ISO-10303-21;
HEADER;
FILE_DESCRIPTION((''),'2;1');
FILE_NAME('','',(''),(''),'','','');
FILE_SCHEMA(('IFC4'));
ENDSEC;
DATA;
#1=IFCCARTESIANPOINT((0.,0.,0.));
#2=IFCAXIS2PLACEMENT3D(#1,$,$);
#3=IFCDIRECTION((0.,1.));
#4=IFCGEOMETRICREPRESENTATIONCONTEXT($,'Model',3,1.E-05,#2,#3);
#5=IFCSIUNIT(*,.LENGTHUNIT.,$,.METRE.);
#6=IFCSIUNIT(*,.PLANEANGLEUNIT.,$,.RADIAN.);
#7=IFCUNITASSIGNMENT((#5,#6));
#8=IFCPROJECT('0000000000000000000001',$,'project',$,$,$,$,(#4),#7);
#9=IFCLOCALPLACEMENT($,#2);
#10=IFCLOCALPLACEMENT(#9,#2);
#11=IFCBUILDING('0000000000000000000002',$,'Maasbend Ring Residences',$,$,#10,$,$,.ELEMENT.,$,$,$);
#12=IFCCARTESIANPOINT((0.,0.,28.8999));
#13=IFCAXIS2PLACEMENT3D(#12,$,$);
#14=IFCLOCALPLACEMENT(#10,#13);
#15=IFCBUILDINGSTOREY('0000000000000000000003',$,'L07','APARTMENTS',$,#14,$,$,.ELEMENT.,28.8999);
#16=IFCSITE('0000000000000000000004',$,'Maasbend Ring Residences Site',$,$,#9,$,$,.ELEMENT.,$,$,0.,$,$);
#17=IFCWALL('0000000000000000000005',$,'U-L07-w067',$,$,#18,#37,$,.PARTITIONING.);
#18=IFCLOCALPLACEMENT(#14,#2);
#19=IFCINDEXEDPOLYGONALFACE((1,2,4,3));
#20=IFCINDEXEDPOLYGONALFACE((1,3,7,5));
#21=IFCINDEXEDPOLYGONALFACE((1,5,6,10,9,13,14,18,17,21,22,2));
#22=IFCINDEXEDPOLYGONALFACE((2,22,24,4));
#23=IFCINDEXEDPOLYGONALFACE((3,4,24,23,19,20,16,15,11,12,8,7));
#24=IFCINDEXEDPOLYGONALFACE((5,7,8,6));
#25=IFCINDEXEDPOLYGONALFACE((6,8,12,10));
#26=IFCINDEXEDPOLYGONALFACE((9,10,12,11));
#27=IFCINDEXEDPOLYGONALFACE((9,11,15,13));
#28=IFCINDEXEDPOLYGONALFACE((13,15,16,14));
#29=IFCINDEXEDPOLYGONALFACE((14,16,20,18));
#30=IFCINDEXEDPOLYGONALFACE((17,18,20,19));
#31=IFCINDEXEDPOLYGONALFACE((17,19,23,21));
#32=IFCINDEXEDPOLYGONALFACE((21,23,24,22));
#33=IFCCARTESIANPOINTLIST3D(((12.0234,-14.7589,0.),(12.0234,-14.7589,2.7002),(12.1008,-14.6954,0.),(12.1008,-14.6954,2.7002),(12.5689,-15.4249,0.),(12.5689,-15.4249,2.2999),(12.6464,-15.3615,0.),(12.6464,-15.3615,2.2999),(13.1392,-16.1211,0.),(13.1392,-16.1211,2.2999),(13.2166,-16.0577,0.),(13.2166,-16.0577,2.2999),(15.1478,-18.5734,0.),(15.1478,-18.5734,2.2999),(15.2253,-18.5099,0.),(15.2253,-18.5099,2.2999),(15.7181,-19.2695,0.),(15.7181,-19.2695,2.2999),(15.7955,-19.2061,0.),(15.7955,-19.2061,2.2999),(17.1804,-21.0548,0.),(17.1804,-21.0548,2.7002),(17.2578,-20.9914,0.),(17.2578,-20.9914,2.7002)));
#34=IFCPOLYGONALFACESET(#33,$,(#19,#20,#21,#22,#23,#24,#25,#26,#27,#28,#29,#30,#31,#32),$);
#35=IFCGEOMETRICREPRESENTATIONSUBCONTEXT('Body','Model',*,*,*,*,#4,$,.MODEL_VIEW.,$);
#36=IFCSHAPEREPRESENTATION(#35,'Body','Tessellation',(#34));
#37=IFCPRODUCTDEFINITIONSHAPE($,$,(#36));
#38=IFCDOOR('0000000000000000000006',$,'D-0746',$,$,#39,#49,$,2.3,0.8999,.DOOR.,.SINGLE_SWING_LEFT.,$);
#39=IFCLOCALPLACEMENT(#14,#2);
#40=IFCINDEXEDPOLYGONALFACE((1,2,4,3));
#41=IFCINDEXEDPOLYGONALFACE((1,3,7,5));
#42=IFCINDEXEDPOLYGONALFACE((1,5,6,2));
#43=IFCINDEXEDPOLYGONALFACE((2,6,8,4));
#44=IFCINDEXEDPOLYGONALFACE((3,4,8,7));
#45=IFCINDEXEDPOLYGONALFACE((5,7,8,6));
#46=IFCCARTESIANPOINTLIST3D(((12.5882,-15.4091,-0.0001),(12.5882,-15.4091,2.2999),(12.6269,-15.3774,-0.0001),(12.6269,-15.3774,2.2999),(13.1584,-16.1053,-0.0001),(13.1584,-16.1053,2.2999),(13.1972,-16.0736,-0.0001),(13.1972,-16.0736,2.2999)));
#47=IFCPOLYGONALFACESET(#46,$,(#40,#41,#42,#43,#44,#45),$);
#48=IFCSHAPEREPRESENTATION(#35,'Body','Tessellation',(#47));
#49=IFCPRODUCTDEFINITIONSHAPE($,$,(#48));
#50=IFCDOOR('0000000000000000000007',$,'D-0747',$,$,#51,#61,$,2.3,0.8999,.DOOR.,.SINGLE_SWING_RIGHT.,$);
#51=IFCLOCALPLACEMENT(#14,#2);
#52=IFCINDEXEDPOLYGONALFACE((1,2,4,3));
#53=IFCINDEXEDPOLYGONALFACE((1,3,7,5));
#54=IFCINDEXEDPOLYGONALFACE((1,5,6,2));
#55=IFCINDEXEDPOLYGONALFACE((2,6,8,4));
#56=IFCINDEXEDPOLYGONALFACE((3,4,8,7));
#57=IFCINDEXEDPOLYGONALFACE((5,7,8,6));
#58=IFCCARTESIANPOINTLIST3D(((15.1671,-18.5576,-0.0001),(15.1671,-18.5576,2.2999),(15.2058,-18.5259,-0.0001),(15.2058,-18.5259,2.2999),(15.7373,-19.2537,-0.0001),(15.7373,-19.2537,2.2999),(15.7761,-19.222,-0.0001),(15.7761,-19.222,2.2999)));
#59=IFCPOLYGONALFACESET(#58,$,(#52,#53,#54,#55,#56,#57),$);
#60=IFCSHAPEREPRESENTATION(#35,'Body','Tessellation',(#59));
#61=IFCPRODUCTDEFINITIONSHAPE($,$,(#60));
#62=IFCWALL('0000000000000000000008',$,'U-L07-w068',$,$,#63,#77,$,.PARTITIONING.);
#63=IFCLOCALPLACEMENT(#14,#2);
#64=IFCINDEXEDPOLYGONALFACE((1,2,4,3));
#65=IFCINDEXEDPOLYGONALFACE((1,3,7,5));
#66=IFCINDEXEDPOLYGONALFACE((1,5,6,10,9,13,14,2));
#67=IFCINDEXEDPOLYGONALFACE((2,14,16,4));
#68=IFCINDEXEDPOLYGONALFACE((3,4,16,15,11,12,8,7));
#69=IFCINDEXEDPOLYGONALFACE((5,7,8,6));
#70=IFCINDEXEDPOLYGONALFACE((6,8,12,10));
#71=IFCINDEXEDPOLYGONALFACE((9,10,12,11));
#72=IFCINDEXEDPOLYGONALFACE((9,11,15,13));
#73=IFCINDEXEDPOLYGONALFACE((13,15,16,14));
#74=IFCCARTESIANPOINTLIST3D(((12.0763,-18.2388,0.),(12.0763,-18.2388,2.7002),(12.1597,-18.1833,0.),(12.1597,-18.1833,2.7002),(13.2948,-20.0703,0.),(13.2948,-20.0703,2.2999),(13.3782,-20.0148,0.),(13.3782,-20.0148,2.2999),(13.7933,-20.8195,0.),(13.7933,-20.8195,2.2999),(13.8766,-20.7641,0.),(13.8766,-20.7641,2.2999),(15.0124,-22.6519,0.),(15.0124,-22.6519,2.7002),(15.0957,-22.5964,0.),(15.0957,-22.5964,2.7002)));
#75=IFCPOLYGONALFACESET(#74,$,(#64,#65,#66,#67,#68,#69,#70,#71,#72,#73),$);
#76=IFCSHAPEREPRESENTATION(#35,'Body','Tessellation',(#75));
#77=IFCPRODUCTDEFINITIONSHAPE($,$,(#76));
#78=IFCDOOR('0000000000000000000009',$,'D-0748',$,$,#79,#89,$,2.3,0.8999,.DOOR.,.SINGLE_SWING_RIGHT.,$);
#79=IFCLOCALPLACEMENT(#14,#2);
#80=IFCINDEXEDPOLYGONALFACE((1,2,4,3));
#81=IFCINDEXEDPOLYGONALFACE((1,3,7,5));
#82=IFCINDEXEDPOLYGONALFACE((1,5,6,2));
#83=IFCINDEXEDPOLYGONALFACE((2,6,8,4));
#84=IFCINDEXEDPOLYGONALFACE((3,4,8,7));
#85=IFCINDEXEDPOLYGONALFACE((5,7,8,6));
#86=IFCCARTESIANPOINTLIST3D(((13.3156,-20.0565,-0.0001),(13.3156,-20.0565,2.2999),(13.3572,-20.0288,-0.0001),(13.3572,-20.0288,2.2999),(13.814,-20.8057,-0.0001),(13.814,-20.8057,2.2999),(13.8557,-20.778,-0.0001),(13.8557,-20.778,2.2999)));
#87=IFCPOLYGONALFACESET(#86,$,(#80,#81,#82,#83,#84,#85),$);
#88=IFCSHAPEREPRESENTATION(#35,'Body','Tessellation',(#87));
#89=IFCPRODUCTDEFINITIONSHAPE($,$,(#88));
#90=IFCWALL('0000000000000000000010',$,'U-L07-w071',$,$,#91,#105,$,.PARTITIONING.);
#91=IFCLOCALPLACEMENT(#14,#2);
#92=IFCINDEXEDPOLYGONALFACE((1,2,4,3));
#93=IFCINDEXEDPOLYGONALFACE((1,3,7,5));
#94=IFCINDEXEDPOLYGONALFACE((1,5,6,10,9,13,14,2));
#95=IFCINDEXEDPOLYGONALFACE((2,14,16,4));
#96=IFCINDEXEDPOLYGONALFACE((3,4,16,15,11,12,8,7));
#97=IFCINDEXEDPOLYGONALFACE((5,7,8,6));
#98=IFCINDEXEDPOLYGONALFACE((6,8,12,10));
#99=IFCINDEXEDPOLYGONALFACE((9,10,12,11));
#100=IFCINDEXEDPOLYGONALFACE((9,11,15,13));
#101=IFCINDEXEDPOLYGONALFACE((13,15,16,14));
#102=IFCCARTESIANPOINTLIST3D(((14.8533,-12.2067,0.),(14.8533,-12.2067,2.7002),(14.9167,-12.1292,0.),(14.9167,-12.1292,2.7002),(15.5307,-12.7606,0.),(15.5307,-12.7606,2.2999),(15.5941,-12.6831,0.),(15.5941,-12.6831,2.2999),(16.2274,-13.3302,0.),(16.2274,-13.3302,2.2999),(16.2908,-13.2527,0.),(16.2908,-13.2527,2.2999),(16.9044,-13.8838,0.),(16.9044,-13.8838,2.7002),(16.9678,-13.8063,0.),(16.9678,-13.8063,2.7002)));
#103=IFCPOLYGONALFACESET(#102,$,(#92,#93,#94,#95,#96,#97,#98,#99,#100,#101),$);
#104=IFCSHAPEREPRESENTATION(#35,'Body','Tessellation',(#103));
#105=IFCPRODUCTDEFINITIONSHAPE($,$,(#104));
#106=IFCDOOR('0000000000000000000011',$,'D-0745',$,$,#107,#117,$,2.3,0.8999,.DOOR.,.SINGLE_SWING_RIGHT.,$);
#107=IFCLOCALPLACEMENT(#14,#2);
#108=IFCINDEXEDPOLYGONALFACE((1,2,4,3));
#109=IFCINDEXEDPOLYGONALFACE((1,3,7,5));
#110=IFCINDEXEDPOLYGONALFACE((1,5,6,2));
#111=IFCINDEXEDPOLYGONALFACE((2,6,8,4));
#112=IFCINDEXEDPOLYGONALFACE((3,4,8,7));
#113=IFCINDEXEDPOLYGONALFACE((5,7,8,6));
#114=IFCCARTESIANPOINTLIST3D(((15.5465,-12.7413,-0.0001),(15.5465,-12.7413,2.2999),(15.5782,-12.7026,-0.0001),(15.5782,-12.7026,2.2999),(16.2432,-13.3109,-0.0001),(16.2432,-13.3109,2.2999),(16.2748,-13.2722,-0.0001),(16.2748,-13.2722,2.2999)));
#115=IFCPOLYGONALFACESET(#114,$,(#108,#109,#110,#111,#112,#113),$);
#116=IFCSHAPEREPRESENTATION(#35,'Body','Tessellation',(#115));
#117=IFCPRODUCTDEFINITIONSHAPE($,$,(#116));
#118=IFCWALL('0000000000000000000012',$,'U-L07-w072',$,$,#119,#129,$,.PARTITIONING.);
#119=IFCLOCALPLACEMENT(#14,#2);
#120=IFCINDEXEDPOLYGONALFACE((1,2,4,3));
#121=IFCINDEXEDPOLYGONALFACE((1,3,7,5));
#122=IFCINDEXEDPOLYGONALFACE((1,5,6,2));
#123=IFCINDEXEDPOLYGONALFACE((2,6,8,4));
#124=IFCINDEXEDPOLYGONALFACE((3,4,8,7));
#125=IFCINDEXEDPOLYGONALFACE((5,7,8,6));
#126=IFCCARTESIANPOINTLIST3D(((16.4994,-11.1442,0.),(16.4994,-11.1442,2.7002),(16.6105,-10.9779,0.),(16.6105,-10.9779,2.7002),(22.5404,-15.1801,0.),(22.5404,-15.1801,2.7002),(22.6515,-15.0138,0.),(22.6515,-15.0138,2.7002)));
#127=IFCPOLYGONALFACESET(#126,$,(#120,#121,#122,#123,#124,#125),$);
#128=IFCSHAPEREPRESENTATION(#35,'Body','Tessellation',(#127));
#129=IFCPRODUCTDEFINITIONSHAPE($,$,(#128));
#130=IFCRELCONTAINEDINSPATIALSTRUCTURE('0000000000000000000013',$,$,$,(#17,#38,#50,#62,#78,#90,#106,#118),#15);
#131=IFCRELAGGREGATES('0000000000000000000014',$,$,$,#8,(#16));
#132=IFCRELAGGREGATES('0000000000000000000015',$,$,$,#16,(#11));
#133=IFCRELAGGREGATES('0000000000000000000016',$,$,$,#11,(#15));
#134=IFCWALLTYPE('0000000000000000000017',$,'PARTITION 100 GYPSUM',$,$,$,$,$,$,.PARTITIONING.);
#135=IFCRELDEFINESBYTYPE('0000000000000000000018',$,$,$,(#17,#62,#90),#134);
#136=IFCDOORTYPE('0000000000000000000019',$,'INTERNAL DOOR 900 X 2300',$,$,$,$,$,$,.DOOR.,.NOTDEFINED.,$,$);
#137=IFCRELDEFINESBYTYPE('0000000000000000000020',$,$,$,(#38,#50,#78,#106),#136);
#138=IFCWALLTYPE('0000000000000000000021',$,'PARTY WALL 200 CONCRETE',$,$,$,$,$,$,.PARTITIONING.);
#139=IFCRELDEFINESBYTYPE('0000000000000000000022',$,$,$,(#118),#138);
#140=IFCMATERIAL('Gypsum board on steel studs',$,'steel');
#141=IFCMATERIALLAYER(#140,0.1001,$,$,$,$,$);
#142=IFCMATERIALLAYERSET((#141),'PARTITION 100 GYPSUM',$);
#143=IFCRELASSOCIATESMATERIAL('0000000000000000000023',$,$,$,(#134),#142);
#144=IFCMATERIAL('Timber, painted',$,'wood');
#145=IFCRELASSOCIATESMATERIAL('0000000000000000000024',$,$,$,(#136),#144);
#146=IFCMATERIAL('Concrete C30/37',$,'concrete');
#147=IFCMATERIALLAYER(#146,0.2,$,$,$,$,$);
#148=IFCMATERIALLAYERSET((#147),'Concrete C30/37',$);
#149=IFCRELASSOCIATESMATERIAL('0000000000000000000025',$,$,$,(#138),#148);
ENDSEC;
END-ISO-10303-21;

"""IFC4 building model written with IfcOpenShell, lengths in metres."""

from ifc_helpers import new_model, si_unit, direction, frame, frame_2d, origin, place, context, subcontext, project, spatial, rectangle, extrude, material, layer, layer_set, type_object, element, fill, save


model = new_model("IFC4")

# Units and contexts
model_context = context("Model", 3, precision=1e-05, world=origin(), true_north=direction((0.0, 1.0)))
body_context = subcontext(model_context, "Body", "Model", "MODEL_VIEW")
ifc_project = project(units=[si_unit("LENGTHUNIT", "METRE"), si_unit("PLANEANGLEUNIT", "RADIAN")], contexts=[model_context])

# Site, building, storey
site_placement = place(None, origin())
site = spatial("IfcSite", under=ifc_project, at=site_placement, Name="Maasbend Ring Residences Site", CompositionType="ELEMENT", RefElevation=0.0)
building_placement = place(site_placement, origin())
building = spatial("IfcBuilding", under=site, at=building_placement, Name="Maasbend Ring Residences", CompositionType="ELEMENT")
storey_placement = place(building_placement, frame((0.0, 0.0, 28.8999)))
storey = spatial("IfcBuildingStorey", under=building, at=storey_placement, Name="L07", Description="APARTMENTS", CompositionType="ELEMENT", Elevation=28.8999)

# Shared definitions
ifc_material_1 = material(Name="Gypsum board on steel studs", Category="steel")
ifc_layer_1 = layer(ifc_material_1, 0.1001)
ifc_layer_set_1 = layer_set([ifc_layer_1], Name="PARTITION 100 GYPSUM")
wall_type_1 = type_object("IfcWallType", Name="PARTITION 100 GYPSUM", PredefinedType="PARTITIONING", material=ifc_layer_set_1)

# Wall, openings, doors
wall_1_placement = place(storey_placement, frame((12.062, -14.7271, 0.0), z_axis=(0.0, 0.0, 1.0), x_axis=(0.633664, -0.773608, 0.0)))
wall_1 = element("IfcWall", 1, at=wall_1_placement, inside=storey, type_object=wall_type_1, Name="U-L07-w067", PredefinedType="PARTITIONING", context=body_context, shape_type="SweptSolid", body=[
    extrude(rectangle(XDim=8.1384, YDim=0.1001, at=frame_2d((4.0693, 0.0))), origin(), (0.0, 0.0, 1.0), 2.7002),
])
opening_1_placement = place(wall_1_placement, frame((0.8611, 0.0, 0.0)))
opening_1 = element("IfcOpeningElement", 2, at=opening_1_placement, cuts=wall_1, PredefinedType="OPENING", context=body_context, shape_type="SweptSolid", body=[
    extrude(rectangle(XDim=0.8999, YDim=2.3, at=frame_2d((0.45, 1.1499))), frame((0.0, 0.0601, 0.0), z_axis=(0.0, -1.0, 0.0), x_axis=(1.0, 0.0, 0.0)), (0.0, 0.0, 1.0), 0.1201),
])
opening_2_placement = place(wall_1_placement, frame((4.9309, 0.0, 0.0)))
opening_2 = element("IfcOpeningElement", 3, at=opening_2_placement, cuts=wall_1, PredefinedType="OPENING", context=body_context, shape_type="SweptSolid", body=[
    extrude(rectangle(XDim=0.8999, YDim=2.3, at=frame_2d((0.45, 1.1499))), frame((0.0, 0.0601, 0.0), z_axis=(0.0, -1.0, 0.0), x_axis=(1.0, 0.0, 0.0)), (0.0, 0.0, 1.0), 0.1201),
])
ifc_material_2 = material(Name="Timber, painted", Category="wood")
door_type_1 = type_object("IfcDoorType", Name="INTERNAL DOOR 900 X 2300", OperationType="NOTDEFINED", PredefinedType="DOOR", material=ifc_material_2)
door_1_placement = place(opening_1_placement, origin())
door_1 = element("IfcDoor", 4, at=door_1_placement, inside=storey, type_object=door_type_1, Name="D-0746", OperationType="SINGLE_SWING_LEFT", OverallHeight=2.3, OverallWidth=0.8999, PredefinedType="DOOR", context=body_context, shape_type="SweptSolid", body=[
    extrude(rectangle(XDim=0.8999, YDim=2.3, at=frame_2d((0.45, 1.1499))), frame((0.0, 0.0249, 0.0), z_axis=(0.0, -1.0, 0.0), x_axis=(1.0, 0.0, 0.0)), (0.0, 0.0, 1.0), 0.05),
])
fill(opening_1, door_1)
door_2_placement = place(opening_2_placement, origin())
door_2 = element("IfcDoor", 5, at=door_2_placement, inside=storey, type_object=door_type_1, Name="D-0747", OperationType="SINGLE_SWING_RIGHT", OverallHeight=2.3, OverallWidth=0.8999, PredefinedType="DOOR", context=body_context, shape_type="SweptSolid", body=[
    extrude(rectangle(XDim=0.8999, YDim=2.3, at=frame_2d((0.45, 1.1499))), frame((0.0, 0.0249, 0.0), z_axis=(0.0, -1.0, 0.0), x_axis=(1.0, 0.0, 0.0)), (0.0, 0.0, 1.0), 0.05),
])
fill(opening_2, door_2)

# Walls, openings, doors
wall_2_placement = place(storey_placement, frame((12.1179, -18.2109, 0.0), z_axis=(0.0, 0.0, 1.0), x_axis=(0.553913, -0.832574, 0.0)))
wall_2 = element("IfcWall", 6, at=wall_2_placement, inside=storey, type_object=wall_type_1, Name="U-L07-w068", PredefinedType="PARTITIONING", context=body_context, shape_type="SweptSolid", body=[
    extrude(rectangle(XDim=5.3005, YDim=0.1001, at=frame_2d((2.6504, 0.0))), origin(), (0.0, 0.0, 1.0), 2.7002),
])
opening_3_placement = place(wall_2_placement, frame((2.2, 0.0, 0.0)))
opening_3 = element("IfcOpeningElement", 7, at=opening_3_placement, cuts=wall_2, PredefinedType="OPENING", context=body_context, shape_type="SweptSolid", body=[
    extrude(rectangle(XDim=0.8999, YDim=2.3, at=frame_2d((0.45, 1.1499))), frame((0.0, 0.0601, 0.0), z_axis=(0.0, -1.0, 0.0), x_axis=(1.0, 0.0, 0.0)), (0.0, 0.0, 1.0), 0.1201),
])
door_3_placement = place(opening_3_placement, origin())
door_3 = element("IfcDoor", 8, at=door_3_placement, inside=storey, type_object=door_type_1, Name="D-0748", OperationType="SINGLE_SWING_RIGHT", OverallHeight=2.3, OverallWidth=0.8999, PredefinedType="DOOR", context=body_context, shape_type="SweptSolid", body=[
    extrude(rectangle(XDim=0.8999, YDim=2.3, at=frame_2d((0.45, 1.1499))), frame((0.0, 0.0249, 0.0), z_axis=(0.0, -1.0, 0.0), x_axis=(1.0, 0.0, 0.0)), (0.0, 0.0, 1.0), 0.05),
])
fill(opening_3, door_3)
wall_3_placement = place(storey_placement, frame((14.885, -12.168, 0.0), z_axis=(0.0, 0.0, 1.0), x_axis=(0.774163, -0.632987, 0.0)))
wall_3 = element("IfcWall", 9, at=wall_3_placement, inside=storey, type_object=wall_type_1, Name="U-L07-w071", PredefinedType="PARTITIONING", context=body_context, shape_type="SweptSolid", body=[
    extrude(rectangle(XDim=2.6494, YDim=0.1001, at=frame_2d((1.3247, 0.0))), origin(), (0.0, 0.0, 1.0), 2.7002),
])
opening_4_placement = place(wall_3_placement, frame((0.875, 0.0, 0.0)))
opening_4 = element("IfcOpeningElement", 10, at=opening_4_placement, cuts=wall_3, PredefinedType="OPENING", context=body_context, shape_type="SweptSolid", body=[
    extrude(rectangle(XDim=0.8999, YDim=2.3, at=frame_2d((0.45, 1.1499))), frame((0.0, 0.0601, 0.0), z_axis=(0.0, -1.0, 0.0), x_axis=(1.0, 0.0, 0.0)), (0.0, 0.0, 1.0), 0.1201),
])
door_4_placement = place(opening_4_placement, origin())
door_4 = element("IfcDoor", 11, at=door_4_placement, inside=storey, type_object=door_type_1, Name="D-0745", OperationType="SINGLE_SWING_RIGHT", OverallHeight=2.3, OverallWidth=0.8999, PredefinedType="DOOR", context=body_context, shape_type="SweptSolid", body=[
    extrude(rectangle(XDim=0.8999, YDim=2.3, at=frame_2d((0.45, 1.1499))), frame((0.0, 0.0249, 0.0), z_axis=(0.0, -1.0, 0.0), x_axis=(1.0, 0.0, 0.0)), (0.0, 0.0, 1.0), 0.05),
])
fill(opening_4, door_4)

# Wall
ifc_material_3 = material(Name="Concrete C30/37", Category="concrete")
ifc_layer_2 = layer(ifc_material_3, 0.2)
ifc_layer_set_2 = layer_set([ifc_layer_2], Name="Concrete C30/37")
wall_type_2 = type_object("IfcWallType", Name="PARTY WALL 200 CONCRETE", PredefinedType="PARTITIONING", material=ifc_layer_set_2)
wall_4_placement = place(storey_placement, frame((16.5549, -11.061, 0.0), z_axis=(0.0, 0.0, 1.0), x_axis=(0.831507, -0.555514, 0.0)))
element("IfcWall", 12, at=wall_4_placement, inside=storey, type_object=wall_type_2, Name="U-L07-w072", PredefinedType="PARTITIONING", context=body_context, shape_type="SweptSolid", body=[
    extrude(rectangle(XDim=7.2651, YDim=0.2, at=frame_2d((3.6326, 0.0))), origin(), (0.0, 0.0, 1.0), 2.7002),
])

save(model, "model.ifc")
